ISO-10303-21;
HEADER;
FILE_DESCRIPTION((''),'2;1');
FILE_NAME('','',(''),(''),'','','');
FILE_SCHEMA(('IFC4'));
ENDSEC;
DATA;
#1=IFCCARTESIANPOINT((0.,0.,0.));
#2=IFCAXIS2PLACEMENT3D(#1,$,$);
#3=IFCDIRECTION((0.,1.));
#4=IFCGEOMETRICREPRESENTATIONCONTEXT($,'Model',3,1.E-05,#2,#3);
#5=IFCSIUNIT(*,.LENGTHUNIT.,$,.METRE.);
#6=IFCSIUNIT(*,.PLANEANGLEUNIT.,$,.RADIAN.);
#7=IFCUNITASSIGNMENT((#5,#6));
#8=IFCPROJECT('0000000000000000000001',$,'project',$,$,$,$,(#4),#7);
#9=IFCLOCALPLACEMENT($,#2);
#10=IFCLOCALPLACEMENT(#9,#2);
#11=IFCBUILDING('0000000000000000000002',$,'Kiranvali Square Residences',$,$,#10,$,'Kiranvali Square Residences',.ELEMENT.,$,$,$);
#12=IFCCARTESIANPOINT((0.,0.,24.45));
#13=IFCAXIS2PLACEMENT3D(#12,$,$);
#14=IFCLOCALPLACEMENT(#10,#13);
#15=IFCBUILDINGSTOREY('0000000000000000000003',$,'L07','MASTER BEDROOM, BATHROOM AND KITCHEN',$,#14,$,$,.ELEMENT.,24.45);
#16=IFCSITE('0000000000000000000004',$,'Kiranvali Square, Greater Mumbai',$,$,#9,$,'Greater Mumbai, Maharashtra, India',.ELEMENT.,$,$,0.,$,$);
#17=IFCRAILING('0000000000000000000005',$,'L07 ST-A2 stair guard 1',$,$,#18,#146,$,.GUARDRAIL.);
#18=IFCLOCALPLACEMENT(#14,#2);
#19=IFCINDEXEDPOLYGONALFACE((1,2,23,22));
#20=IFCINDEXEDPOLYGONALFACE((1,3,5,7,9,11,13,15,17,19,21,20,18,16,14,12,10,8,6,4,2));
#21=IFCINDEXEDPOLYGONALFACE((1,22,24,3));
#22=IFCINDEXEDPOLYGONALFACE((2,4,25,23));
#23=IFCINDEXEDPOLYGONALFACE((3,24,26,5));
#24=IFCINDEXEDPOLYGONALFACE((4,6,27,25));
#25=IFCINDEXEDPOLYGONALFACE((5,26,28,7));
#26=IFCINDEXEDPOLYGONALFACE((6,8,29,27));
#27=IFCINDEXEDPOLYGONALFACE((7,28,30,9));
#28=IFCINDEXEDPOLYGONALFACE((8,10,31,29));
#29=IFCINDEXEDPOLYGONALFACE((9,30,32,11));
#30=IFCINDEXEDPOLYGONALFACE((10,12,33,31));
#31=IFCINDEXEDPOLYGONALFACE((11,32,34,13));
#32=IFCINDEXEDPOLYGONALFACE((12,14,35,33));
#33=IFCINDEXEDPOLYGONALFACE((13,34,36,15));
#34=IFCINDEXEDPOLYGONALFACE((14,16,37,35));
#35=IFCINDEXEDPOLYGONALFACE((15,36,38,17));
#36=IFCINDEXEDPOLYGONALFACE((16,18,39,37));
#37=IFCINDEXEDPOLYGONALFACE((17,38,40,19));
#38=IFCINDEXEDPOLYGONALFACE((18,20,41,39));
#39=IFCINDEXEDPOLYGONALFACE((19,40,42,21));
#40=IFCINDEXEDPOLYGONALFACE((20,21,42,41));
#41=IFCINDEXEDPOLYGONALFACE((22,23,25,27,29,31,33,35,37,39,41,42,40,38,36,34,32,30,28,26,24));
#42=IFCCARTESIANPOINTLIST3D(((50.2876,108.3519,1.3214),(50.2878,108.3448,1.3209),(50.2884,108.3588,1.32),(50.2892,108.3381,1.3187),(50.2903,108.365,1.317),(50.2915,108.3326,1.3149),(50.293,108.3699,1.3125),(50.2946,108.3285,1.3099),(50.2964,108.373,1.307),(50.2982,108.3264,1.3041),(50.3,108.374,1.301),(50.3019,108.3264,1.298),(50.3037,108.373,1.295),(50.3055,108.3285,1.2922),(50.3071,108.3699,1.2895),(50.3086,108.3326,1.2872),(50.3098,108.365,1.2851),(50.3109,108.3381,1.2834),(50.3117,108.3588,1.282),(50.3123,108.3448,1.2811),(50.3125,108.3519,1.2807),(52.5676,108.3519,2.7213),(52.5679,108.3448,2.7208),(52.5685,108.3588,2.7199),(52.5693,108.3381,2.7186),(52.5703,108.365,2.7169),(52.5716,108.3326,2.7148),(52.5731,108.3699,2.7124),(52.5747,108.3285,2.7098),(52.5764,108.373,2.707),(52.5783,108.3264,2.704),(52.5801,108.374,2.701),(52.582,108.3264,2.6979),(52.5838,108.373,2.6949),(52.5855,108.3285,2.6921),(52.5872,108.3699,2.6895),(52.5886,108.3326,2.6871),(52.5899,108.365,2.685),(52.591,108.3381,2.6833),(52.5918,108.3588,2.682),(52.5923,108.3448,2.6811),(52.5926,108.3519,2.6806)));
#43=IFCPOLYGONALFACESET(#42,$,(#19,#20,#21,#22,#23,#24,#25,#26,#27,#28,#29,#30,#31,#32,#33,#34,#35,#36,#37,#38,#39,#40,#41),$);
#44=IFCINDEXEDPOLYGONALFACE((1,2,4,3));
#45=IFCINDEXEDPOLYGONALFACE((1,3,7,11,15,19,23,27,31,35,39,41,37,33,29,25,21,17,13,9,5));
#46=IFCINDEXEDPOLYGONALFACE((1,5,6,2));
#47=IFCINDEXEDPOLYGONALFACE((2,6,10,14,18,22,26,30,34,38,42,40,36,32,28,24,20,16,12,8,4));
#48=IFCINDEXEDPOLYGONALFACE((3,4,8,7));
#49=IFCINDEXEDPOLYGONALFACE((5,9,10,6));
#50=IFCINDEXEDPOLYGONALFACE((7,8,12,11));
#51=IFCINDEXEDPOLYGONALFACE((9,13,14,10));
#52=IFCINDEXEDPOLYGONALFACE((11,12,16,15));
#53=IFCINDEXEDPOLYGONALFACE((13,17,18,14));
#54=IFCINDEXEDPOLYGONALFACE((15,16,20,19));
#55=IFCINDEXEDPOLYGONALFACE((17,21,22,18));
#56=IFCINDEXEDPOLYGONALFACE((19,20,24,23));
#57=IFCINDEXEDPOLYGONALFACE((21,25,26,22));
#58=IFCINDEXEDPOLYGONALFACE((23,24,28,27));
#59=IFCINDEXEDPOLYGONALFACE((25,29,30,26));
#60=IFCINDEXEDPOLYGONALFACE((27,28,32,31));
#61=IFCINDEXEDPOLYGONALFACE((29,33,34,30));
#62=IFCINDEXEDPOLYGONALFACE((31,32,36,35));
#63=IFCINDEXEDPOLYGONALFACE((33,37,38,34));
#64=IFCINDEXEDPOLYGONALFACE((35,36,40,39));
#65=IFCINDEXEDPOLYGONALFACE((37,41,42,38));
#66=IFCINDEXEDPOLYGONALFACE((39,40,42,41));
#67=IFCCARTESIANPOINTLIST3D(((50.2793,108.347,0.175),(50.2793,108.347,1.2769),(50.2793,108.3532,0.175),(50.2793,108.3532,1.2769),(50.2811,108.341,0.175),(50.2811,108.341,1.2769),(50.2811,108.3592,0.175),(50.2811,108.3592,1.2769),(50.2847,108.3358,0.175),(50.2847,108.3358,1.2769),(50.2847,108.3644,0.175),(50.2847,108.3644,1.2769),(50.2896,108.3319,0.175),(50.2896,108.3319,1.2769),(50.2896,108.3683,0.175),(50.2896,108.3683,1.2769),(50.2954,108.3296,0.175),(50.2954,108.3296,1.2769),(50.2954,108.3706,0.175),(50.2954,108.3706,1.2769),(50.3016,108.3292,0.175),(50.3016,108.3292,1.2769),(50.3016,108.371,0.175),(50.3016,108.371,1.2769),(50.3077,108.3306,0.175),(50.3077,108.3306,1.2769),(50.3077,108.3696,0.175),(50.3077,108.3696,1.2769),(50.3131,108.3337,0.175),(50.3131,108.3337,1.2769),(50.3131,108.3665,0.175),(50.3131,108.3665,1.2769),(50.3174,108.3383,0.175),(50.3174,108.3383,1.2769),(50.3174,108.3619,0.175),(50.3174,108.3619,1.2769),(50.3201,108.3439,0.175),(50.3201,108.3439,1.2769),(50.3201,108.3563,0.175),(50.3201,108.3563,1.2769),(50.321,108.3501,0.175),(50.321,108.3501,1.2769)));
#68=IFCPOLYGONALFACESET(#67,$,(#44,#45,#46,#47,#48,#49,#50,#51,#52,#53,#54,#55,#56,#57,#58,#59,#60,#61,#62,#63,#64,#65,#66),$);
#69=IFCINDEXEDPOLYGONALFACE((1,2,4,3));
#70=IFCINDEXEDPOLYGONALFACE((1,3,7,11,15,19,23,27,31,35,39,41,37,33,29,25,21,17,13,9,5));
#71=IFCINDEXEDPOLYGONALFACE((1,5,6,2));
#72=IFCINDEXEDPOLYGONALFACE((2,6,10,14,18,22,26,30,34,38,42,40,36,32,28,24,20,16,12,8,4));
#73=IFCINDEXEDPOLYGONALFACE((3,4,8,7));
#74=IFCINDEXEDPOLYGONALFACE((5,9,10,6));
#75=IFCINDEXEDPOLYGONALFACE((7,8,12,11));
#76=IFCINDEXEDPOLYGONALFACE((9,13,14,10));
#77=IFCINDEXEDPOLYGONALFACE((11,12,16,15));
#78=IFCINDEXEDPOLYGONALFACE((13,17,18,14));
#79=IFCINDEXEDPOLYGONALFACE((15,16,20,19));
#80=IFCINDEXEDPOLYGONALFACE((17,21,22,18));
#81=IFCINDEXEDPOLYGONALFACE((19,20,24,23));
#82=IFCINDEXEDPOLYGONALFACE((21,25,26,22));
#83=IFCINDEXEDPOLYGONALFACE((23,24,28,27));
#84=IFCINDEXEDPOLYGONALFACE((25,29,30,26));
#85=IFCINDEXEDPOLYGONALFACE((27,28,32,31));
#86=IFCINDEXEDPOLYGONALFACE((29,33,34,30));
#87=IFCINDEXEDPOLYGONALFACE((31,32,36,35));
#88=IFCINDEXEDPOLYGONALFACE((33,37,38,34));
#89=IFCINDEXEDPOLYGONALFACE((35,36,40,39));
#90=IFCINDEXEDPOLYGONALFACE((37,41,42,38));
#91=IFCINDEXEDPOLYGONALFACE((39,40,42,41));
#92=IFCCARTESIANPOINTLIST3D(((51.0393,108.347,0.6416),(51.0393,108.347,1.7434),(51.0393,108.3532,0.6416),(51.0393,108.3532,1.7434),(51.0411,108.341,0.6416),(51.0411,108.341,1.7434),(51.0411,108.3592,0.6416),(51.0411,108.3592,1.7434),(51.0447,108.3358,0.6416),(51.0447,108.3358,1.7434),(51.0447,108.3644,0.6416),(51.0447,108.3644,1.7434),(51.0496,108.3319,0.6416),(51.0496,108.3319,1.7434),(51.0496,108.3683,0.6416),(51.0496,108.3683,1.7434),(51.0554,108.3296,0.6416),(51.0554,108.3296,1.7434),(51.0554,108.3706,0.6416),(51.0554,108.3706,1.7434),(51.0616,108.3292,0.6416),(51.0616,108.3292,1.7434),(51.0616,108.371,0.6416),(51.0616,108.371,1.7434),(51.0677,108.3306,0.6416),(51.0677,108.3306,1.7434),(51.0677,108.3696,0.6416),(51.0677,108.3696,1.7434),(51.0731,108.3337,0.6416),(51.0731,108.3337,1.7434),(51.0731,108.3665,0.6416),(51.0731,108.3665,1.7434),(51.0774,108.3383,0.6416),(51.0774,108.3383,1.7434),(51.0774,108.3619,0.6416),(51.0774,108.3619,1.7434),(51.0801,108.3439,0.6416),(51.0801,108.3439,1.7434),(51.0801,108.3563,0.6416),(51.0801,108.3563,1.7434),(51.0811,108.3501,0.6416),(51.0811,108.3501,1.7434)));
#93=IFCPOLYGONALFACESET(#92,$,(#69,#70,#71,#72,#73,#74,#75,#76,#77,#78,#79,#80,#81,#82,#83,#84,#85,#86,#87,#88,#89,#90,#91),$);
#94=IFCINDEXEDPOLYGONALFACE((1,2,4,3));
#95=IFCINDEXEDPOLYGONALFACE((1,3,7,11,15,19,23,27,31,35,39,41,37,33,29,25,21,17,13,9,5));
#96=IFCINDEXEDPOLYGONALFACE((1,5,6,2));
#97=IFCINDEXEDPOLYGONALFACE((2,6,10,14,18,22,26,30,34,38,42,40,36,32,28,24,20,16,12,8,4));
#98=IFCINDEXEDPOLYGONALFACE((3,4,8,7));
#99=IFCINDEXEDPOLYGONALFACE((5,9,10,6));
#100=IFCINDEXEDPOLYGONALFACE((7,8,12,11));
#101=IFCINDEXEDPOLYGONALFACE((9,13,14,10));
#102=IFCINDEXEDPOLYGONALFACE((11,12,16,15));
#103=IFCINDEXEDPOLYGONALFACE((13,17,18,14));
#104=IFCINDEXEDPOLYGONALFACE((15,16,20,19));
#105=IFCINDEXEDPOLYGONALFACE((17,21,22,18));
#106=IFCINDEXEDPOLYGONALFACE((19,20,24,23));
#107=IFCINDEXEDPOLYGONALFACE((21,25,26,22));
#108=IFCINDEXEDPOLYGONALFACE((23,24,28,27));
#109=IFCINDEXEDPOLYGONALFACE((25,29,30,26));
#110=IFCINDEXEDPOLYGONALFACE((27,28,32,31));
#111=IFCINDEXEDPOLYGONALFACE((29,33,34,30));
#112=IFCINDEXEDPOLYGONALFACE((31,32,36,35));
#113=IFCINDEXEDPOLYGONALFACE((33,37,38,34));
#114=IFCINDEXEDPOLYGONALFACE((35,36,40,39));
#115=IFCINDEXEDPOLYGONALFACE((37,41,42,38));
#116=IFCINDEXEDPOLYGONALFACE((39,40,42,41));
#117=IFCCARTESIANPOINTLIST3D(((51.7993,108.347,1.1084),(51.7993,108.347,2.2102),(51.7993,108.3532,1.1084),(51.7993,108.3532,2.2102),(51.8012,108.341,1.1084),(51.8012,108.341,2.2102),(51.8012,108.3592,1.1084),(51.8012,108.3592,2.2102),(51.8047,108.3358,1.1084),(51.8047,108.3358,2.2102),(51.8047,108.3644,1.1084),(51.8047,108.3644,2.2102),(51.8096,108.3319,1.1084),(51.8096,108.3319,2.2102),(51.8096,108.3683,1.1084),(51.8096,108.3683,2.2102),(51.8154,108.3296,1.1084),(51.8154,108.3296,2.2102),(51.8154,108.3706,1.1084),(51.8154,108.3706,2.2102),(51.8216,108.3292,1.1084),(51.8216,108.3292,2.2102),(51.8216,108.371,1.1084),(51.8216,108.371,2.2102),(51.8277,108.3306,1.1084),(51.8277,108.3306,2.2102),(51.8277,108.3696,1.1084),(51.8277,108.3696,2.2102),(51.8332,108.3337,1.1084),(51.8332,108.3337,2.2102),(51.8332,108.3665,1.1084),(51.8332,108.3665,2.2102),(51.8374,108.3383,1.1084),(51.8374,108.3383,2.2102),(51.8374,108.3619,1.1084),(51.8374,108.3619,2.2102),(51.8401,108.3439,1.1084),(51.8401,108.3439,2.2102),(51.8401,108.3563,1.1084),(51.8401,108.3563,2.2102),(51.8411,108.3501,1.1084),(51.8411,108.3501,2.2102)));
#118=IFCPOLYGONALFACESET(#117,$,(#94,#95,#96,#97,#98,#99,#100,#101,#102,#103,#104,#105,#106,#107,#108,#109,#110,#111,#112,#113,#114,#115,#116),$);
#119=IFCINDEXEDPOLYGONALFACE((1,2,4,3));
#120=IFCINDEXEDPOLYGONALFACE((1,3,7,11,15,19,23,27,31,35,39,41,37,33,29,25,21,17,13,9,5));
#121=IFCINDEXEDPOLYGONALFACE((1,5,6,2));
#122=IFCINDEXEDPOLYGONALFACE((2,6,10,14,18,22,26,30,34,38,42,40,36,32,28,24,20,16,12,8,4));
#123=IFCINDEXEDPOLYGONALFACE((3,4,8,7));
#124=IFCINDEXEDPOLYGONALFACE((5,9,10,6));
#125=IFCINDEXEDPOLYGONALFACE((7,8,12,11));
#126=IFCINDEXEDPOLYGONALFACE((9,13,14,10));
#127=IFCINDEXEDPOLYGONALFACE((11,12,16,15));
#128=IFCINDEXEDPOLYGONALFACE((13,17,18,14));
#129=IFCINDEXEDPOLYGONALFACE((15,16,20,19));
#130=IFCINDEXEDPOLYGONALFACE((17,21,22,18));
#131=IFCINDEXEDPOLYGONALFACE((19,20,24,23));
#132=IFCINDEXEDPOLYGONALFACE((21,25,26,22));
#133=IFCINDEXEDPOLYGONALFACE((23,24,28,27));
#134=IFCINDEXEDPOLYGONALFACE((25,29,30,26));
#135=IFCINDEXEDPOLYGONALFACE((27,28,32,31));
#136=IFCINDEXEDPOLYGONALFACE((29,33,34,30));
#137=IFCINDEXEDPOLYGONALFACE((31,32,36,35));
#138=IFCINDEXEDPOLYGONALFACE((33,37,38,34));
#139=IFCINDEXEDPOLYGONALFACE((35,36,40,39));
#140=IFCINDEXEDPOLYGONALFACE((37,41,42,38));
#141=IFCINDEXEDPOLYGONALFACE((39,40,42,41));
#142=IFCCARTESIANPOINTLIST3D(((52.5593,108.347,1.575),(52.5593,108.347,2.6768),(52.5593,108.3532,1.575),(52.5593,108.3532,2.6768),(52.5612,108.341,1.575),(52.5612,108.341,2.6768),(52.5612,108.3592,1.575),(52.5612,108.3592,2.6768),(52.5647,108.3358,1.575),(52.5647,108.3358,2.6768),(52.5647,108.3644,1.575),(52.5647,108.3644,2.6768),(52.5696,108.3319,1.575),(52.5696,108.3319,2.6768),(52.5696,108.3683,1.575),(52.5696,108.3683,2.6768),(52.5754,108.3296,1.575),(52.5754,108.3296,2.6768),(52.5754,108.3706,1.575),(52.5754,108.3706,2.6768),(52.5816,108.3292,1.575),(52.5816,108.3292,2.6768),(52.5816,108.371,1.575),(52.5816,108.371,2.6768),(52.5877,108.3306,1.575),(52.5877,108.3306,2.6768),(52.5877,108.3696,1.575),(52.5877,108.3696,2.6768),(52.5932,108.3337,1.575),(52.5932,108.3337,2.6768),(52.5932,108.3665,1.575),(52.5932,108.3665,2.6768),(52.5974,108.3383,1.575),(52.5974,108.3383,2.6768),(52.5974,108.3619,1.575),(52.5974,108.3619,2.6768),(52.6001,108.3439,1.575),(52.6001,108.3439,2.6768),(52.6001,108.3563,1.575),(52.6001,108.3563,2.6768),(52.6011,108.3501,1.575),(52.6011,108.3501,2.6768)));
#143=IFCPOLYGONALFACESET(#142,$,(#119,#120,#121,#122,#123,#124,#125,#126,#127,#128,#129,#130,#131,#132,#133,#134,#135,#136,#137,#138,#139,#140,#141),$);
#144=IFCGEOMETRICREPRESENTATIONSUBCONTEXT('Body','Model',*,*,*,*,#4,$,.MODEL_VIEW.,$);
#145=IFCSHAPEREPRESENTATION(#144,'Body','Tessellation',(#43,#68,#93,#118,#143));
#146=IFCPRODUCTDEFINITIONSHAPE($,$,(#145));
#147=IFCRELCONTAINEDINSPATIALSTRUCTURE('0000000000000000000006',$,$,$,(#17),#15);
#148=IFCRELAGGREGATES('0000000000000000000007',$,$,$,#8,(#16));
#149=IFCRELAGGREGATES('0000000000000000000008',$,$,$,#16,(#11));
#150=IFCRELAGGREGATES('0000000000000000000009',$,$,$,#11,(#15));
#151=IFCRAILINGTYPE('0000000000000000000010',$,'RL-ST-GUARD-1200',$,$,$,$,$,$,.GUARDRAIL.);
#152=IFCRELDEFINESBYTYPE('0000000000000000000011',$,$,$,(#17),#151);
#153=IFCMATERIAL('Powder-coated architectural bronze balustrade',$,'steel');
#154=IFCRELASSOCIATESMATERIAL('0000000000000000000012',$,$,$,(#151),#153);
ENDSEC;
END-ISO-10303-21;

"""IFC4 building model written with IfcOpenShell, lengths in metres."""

from ifc_helpers import new_model, si_unit, direction, frame, origin, origin_2d, place, context, subcontext, project, spatial, circle, extrude, material, type_object, element, save


model = new_model("IFC4")

# Units and contexts
model_context = context("Model", 3, precision=1e-05, world=origin(), true_north=direction((0.0, 1.0)))
body_context = subcontext(model_context, "Body", "Model", "MODEL_VIEW")
ifc_project = project(units=[si_unit("LENGTHUNIT", "METRE"), si_unit("PLANEANGLEUNIT", "RADIAN")], contexts=[model_context])

# Site, building, storey
site_placement = place(None, origin())
site = spatial("IfcSite", under=ifc_project, at=site_placement, Name="Kiranvali Square, Greater Mumbai", LongName="Greater Mumbai, Maharashtra, India", CompositionType="ELEMENT", RefElevation=0.0)
building_placement = place(site_placement, origin())
building = spatial("IfcBuilding", under=site, at=building_placement, Name="Kiranvali Square Residences", LongName="Kiranvali Square Residences", CompositionType="ELEMENT")
storey_placement = place(building_placement, frame((0.0, 0.0, 24.45)))
storey = spatial("IfcBuildingStorey", under=building, at=storey_placement, Name="L07", Description="MASTER BEDROOM, BATHROOM AND KITCHEN", CompositionType="ELEMENT", Elevation=24.45)

# Railing
ifc_material_1 = material(Name="Powder-coated architectural bronze balustrade", Category="steel")
railing_type = type_object("IfcRailingType", Name="RL-ST-GUARD-1200", PredefinedType="GUARDRAIL", material=ifc_material_1)
railing_1_placement = place(storey_placement, frame((50.3, 108.3501, 0.175)))
element("IfcRailing", 1, at=railing_1_placement, inside=storey, type_object=railing_type, Name="L07 ST-A2 stair guard 1", PredefinedType="GUARDRAIL", context=body_context, shape_type="SweptSolid", body=[
    extrude(circle(Radius=0.0239, at=origin_2d()), frame((0.0, 0.0, 1.126), z_axis=(0.85219, 0.0, 0.523232), x_axis=(0.0, 1.0, 0.0)), (0.0, 0.0, 1.0), 2.6755),
    extrude(circle(Radius=0.021, at=origin_2d()), origin(), (0.0, 0.0, 1.0), 1.1018),
    extrude(circle(Radius=0.021, at=origin_2d()), frame((0.76, 0.0, 0.4666)), (0.0, 0.0, 1.0), 1.1018),
    extrude(circle(Radius=0.021, at=origin_2d()), frame((1.52, 0.0, 0.9333)), (0.0, 0.0, 1.0), 1.1018),
    extrude(circle(Radius=0.021, at=origin_2d()), frame((2.28, 0.0, 1.3999)), (0.0, 0.0, 1.0), 1.1018),
])

save(model, "model.ifc")
